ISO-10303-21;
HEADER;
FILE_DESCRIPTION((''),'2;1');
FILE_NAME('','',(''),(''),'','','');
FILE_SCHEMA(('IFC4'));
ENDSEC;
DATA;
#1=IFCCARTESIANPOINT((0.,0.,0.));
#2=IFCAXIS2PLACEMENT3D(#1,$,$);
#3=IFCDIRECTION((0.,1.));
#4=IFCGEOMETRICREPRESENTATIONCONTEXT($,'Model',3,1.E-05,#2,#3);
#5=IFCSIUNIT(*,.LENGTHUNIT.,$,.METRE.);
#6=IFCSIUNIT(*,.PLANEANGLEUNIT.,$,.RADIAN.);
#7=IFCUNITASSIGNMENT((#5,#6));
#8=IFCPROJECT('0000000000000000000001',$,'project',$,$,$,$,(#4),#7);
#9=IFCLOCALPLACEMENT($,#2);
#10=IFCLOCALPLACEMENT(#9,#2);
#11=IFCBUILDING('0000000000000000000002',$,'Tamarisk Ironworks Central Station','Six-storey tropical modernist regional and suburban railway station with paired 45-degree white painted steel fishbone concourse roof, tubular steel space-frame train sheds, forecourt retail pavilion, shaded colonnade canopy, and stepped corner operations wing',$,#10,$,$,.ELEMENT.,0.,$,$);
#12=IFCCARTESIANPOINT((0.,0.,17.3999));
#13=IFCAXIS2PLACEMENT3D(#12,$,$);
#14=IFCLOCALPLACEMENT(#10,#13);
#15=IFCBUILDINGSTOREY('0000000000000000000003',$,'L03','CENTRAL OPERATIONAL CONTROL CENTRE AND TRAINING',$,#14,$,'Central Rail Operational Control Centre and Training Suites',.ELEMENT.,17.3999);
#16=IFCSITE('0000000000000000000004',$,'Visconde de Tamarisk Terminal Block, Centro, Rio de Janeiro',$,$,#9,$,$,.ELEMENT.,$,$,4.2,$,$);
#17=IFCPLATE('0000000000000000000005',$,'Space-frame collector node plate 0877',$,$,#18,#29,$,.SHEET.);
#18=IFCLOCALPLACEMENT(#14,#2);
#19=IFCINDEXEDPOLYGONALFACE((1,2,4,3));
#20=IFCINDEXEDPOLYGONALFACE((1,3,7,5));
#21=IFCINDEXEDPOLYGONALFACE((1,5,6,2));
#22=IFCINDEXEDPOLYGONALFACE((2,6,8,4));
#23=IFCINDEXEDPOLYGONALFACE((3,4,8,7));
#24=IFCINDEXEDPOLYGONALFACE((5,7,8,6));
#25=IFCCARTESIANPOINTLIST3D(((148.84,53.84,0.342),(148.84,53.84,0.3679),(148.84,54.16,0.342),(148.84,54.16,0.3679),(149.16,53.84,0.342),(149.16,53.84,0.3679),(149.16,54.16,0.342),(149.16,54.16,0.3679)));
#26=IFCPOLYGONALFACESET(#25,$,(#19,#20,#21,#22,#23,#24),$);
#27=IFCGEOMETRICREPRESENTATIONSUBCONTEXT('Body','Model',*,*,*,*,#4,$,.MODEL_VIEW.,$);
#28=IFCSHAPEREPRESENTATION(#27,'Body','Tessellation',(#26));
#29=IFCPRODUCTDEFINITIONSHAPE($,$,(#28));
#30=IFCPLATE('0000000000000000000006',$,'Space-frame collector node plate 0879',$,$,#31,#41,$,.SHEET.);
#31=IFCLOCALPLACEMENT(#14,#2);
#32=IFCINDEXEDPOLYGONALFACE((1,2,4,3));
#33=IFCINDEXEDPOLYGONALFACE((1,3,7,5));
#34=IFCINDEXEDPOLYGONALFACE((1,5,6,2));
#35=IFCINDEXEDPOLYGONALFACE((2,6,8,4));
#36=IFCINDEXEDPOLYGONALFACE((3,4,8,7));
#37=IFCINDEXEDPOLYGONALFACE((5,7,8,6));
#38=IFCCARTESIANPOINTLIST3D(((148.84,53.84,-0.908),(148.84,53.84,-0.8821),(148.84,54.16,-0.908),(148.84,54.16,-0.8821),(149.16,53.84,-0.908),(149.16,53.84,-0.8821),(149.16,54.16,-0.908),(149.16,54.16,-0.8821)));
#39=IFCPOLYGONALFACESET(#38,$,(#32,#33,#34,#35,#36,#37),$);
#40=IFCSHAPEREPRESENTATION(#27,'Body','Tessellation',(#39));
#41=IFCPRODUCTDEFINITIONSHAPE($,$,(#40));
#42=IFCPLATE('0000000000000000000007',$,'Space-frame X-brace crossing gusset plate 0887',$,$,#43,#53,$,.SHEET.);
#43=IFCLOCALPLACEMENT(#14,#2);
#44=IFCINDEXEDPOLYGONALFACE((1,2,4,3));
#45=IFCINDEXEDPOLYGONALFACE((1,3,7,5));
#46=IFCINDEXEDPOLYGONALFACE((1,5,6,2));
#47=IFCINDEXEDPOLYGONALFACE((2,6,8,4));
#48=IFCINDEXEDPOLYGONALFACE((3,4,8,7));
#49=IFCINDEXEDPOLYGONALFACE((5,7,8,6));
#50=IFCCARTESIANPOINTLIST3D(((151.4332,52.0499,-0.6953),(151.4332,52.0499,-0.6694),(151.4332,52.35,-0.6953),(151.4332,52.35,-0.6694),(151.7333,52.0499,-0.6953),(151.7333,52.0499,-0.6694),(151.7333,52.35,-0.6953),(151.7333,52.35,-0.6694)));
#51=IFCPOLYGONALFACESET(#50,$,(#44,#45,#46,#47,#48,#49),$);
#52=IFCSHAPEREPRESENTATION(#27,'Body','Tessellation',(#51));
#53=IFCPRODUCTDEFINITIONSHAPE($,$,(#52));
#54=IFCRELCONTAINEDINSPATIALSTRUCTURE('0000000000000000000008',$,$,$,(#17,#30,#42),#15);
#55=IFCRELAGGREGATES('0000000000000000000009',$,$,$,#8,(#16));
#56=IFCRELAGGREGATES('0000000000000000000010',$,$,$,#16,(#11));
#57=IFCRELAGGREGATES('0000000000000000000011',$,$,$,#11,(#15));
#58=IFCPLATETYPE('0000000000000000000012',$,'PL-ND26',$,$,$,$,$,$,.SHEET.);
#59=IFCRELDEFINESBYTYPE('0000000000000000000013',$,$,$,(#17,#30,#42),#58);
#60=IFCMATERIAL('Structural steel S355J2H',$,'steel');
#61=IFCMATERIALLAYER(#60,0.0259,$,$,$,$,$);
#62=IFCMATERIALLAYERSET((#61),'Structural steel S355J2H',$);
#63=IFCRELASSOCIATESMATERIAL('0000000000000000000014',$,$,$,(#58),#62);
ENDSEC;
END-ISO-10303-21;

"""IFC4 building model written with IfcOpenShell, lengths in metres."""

from ifc_helpers import new_model, si_unit, direction, frame, origin, origin_2d, place, context, subcontext, project, spatial, rectangle, extrude, material, layer, layer_set, type_object, element, save


model = new_model("IFC4")

# Units and contexts
model_context = context("Model", 3, precision=1e-05, world=origin(), true_north=direction((0.0, 1.0)))
body_context = subcontext(model_context, "Body", "Model", "MODEL_VIEW")
ifc_project = project(units=[si_unit("LENGTHUNIT", "METRE"), si_unit("PLANEANGLEUNIT", "RADIAN")], contexts=[model_context])

# Site, building, storey
site_placement = place(None, origin())
site = spatial("IfcSite", under=ifc_project, at=site_placement, Name="Visconde de Tamarisk Terminal Block, Centro, Rio de Janeiro", CompositionType="ELEMENT", RefElevation=4.2)
building_placement = place(site_placement, origin())
building = spatial("IfcBuilding", under=site, at=building_placement, Name="Tamarisk Ironworks Central Station", Description="Six-storey tropical modernist regional and suburban railway station with paired 45-degree white painted steel fishbone concourse roof, tubular steel space-frame train sheds, forecourt retail pavilion, shaded colonnade canopy, and stepped corner operations wing", CompositionType="ELEMENT", ElevationOfRefHeight=0.0)
storey_placement = place(building_placement, frame((0.0, 0.0, 17.3999)))
storey = spatial("IfcBuildingStorey", under=building, at=storey_placement, Name="L03", Description="CENTRAL OPERATIONAL CONTROL CENTRE AND TRAINING", LongName="Central Rail Operational Control Centre and Training Suites", CompositionType="ELEMENT", Elevation=17.3999)

# Shared definitions
ifc_material_1 = material(Name="Structural steel S355J2H", Category="steel")

# Plates
ifc_layer = layer(ifc_material_1, 0.0259)
ifc_layer_set = layer_set([ifc_layer], Name="Structural steel S355J2H")
plate_type = type_object("IfcPlateType", Name="PL-ND26", PredefinedType="SHEET", material=ifc_layer_set)
for number, where, z_axis, x_axis, name in (
    (1, (149.0, 54.0, 0.342), (0.0, 0.0, 1.0), (1.0, 0.0, 0.0), "Space-frame collector node plate 0877"),
    (2, (149.0, 54.0, -0.908), (0.0, 0.0, 1.0), (1.0, 0.0, 0.0), "Space-frame collector node plate 0879"),
):
    element("IfcPlate", number, at=place(storey_placement, frame(where, z_axis=z_axis, x_axis=x_axis)), inside=storey, type_object=plate_type, Name=name, PredefinedType="SHEET", context=body_context, shape_type="SweptSolid", body=[
        extrude(rectangle(XDim=0.3201, YDim=0.3201, at=origin_2d()), origin(), (0.0, 0.0, 1.0), 0.0259),
    ])
plate_1_placement = place(storey_placement, frame((151.5833, 52.2, -0.6953), z_axis=(0.0, 0.0, 1.0), x_axis=(1.0, 0.0, 0.0)))
element("IfcPlate", 3, at=plate_1_placement, inside=storey, type_object=plate_type, Name="Space-frame X-brace crossing gusset plate 0887", PredefinedType="SHEET", context=body_context, shape_type="SweptSolid", body=[
    extrude(rectangle(XDim=0.3, YDim=0.3, at=origin_2d()), origin(), (0.0, 0.0, 1.0), 0.0259),
])

save(model, "model.ifc")
